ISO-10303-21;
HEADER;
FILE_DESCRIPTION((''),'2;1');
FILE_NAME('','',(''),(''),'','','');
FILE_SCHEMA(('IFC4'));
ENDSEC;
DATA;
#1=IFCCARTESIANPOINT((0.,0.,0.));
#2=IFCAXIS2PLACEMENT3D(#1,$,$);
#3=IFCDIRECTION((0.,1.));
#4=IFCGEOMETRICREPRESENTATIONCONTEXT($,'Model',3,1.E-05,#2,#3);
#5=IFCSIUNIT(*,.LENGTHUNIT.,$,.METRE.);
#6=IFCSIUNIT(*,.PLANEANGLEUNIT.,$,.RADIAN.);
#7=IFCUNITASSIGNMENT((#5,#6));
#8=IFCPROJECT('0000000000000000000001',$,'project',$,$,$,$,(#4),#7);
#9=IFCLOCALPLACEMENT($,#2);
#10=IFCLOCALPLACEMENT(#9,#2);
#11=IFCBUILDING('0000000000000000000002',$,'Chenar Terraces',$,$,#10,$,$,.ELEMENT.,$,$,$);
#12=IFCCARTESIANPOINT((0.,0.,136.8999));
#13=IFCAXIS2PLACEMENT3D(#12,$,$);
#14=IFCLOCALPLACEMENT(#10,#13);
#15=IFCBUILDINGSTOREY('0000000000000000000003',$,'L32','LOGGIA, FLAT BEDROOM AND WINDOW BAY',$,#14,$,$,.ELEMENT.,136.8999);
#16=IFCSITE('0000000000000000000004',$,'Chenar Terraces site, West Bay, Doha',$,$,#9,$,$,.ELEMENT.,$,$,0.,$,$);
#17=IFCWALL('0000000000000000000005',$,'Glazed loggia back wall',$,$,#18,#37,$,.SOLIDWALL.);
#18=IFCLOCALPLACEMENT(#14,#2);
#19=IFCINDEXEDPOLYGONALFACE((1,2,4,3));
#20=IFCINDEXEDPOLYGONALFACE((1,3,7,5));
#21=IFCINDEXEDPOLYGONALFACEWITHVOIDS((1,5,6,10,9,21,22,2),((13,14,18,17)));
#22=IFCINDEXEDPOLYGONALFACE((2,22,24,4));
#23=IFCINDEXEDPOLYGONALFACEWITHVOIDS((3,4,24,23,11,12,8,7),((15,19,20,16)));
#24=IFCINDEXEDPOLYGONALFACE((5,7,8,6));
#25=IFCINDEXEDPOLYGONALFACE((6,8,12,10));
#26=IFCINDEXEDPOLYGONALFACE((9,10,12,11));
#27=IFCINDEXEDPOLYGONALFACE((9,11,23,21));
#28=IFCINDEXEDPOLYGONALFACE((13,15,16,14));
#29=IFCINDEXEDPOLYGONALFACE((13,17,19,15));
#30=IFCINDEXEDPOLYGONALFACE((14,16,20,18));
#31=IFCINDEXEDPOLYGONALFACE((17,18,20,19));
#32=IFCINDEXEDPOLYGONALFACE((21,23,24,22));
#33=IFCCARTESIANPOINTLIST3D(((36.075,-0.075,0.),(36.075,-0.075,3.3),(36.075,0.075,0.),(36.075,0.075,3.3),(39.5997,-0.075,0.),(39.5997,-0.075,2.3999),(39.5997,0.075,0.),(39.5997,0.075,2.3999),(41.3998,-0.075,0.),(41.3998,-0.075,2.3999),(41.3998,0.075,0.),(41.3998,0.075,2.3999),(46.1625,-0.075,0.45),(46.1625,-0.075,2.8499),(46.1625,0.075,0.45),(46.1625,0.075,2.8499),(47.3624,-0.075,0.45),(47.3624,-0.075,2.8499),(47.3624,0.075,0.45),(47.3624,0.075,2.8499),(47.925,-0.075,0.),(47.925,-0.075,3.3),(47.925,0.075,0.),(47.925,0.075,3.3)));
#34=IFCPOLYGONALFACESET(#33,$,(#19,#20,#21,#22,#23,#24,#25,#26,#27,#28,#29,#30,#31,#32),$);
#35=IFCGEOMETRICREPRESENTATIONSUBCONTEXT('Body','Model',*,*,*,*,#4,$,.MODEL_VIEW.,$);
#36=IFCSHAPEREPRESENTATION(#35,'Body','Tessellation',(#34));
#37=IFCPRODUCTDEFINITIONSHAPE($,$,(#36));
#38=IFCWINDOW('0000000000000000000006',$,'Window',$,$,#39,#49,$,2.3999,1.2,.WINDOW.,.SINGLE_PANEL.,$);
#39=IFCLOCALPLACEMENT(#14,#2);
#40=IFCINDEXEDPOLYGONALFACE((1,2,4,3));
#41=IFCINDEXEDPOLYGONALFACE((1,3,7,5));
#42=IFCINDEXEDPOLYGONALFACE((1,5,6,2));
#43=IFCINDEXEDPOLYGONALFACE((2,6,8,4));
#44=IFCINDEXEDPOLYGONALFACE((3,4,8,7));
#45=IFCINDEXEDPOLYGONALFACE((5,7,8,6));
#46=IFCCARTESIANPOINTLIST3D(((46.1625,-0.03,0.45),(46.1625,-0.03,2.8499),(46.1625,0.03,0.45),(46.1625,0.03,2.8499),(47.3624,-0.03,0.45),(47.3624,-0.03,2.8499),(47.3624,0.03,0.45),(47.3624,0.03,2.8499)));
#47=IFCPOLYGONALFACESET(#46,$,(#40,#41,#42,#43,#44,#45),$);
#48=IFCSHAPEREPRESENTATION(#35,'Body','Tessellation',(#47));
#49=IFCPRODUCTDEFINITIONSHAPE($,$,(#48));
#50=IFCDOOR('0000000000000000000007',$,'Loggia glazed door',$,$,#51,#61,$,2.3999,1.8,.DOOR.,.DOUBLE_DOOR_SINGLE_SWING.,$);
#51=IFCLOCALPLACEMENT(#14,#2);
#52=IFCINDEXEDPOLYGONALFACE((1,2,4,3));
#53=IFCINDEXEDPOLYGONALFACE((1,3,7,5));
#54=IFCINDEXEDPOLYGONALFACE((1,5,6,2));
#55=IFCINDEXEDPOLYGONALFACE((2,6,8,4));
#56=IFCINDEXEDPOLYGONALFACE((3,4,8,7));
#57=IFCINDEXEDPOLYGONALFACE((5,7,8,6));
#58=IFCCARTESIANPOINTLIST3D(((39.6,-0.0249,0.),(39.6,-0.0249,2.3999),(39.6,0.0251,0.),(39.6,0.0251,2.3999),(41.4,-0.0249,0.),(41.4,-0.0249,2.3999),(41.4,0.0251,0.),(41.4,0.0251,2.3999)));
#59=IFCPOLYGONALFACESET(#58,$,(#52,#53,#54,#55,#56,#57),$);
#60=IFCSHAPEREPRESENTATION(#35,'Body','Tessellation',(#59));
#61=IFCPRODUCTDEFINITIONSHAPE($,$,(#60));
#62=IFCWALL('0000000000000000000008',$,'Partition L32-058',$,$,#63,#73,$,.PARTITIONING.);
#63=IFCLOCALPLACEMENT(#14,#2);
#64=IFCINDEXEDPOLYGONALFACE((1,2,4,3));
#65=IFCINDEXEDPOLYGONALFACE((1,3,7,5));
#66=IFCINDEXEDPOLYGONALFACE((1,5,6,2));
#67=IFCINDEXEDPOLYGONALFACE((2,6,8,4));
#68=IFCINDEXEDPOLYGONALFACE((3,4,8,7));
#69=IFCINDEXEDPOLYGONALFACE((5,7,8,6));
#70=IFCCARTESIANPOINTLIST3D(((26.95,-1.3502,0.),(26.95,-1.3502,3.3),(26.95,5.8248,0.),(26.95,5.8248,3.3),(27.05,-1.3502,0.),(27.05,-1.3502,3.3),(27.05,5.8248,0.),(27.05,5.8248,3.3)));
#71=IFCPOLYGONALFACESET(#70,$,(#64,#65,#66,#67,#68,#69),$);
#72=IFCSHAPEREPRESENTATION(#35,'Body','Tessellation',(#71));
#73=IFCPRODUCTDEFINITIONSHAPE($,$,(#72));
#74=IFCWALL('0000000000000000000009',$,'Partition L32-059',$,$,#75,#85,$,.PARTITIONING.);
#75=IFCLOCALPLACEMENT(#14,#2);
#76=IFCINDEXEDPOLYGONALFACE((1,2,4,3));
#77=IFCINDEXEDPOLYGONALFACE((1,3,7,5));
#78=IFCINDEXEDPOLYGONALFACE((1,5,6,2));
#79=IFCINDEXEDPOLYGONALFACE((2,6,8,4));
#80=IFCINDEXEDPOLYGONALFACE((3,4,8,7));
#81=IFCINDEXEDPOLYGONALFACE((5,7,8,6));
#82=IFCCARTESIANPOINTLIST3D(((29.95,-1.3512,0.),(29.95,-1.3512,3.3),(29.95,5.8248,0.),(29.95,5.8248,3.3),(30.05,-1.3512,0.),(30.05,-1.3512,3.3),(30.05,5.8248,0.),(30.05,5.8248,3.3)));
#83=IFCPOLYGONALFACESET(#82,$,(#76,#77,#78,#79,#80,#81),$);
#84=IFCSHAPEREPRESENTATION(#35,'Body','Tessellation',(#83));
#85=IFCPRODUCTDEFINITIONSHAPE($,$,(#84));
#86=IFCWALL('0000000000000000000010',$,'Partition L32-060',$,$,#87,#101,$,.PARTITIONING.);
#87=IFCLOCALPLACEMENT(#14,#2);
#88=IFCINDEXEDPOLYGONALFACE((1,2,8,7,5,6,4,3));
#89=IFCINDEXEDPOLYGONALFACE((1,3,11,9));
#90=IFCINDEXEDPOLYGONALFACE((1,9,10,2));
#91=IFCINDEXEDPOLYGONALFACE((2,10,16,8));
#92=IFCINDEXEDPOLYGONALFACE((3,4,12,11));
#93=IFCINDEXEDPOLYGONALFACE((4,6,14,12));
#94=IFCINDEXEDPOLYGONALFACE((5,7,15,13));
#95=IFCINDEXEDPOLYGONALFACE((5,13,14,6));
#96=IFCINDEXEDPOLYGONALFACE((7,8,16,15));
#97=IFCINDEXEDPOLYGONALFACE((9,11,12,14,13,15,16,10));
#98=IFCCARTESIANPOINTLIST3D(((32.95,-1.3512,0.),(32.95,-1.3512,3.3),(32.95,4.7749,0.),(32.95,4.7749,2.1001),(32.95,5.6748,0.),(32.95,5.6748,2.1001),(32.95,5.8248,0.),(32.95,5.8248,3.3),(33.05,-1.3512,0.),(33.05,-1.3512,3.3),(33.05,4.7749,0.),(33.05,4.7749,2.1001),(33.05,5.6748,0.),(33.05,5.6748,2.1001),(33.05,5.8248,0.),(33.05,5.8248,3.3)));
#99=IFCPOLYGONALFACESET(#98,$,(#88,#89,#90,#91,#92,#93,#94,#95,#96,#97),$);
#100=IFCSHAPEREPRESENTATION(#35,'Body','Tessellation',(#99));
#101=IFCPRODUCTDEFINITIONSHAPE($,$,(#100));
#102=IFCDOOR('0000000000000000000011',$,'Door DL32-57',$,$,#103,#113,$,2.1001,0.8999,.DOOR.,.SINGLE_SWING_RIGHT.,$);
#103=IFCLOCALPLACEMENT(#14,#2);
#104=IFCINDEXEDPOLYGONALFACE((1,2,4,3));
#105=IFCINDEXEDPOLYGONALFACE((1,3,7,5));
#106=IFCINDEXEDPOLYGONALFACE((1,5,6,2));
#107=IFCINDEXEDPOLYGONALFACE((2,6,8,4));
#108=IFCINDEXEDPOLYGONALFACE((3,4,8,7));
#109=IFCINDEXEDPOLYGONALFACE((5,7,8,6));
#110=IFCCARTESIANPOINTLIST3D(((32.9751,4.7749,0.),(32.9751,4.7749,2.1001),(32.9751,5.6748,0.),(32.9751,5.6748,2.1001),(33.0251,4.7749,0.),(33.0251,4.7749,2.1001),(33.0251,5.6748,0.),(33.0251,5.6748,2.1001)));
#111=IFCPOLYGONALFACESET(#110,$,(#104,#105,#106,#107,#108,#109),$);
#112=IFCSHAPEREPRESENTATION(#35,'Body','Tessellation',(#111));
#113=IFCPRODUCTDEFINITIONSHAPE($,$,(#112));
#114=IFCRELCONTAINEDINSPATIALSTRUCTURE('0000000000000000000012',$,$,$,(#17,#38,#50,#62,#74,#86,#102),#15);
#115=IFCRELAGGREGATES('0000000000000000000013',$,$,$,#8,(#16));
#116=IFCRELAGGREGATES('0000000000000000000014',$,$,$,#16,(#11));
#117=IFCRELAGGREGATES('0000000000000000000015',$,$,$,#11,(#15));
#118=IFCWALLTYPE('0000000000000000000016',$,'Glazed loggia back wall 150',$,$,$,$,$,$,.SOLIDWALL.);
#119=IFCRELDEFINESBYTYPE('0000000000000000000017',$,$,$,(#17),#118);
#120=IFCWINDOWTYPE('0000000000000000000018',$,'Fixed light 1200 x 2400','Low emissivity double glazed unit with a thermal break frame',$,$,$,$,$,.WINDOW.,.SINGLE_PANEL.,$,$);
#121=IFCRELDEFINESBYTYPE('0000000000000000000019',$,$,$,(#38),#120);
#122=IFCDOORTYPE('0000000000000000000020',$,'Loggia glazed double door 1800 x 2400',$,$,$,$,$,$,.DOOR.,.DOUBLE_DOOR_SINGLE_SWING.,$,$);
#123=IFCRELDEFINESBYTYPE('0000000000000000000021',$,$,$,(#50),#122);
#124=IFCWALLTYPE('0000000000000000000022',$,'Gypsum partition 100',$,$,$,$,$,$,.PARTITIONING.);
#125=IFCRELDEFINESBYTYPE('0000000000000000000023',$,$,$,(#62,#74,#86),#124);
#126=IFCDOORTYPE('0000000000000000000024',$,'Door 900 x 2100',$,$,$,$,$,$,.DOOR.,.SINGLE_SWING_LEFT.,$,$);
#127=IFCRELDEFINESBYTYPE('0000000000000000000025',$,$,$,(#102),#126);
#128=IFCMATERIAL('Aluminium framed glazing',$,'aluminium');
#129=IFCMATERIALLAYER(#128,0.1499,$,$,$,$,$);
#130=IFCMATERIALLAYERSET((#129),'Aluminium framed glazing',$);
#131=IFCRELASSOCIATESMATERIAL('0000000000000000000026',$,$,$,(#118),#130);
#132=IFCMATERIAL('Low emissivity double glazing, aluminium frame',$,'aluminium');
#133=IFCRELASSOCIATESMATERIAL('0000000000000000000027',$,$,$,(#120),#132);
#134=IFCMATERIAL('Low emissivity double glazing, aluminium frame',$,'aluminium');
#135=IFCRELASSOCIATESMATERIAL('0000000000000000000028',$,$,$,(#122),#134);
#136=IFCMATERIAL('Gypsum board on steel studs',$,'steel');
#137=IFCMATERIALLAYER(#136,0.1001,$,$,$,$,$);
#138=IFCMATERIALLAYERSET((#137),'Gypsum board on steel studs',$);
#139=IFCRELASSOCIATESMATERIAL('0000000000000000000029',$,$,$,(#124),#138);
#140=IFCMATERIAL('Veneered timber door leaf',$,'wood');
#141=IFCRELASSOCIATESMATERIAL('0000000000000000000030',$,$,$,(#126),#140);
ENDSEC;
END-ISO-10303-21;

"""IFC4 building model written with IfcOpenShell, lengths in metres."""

from ifc_helpers import new_model, si_unit, direction, frame, frame_2d, origin, place, context, subcontext, project, spatial, rectangle, extrude, material, layer, layer_set, type_object, element, fill, save


model = new_model("IFC4")

# Units and contexts
model_context = context("Model", 3, precision=1e-05, world=origin(), true_north=direction((0.0, 1.0)))
body_context = subcontext(model_context, "Body", "Model", "MODEL_VIEW")
ifc_project = project(units=[si_unit("LENGTHUNIT", "METRE"), si_unit("PLANEANGLEUNIT", "RADIAN")], contexts=[model_context])

# Site, building, storey
site_placement = place(None, origin())
site = spatial("IfcSite", under=ifc_project, at=site_placement, Name="Chenar Terraces site, West Bay, Doha", CompositionType="ELEMENT", RefElevation=0.0)
building_placement = place(site_placement, origin())
building = spatial("IfcBuilding", under=site, at=building_placement, Name="Chenar Terraces", CompositionType="ELEMENT")
storey_placement = place(building_placement, frame((0.0, 0.0, 136.8999)))
storey = spatial("IfcBuildingStorey", under=building, at=storey_placement, Name="L32", Description="LOGGIA, FLAT BEDROOM AND WINDOW BAY", CompositionType="ELEMENT", Elevation=136.8999)

# Wall, openings, window, door
ifc_material_1 = material(Name="Aluminium framed glazing", Category="aluminium")
ifc_layer_1 = layer(ifc_material_1, 0.1499)
ifc_layer_set_1 = layer_set([ifc_layer_1], Name="Aluminium framed glazing")
wall_type_1 = type_object("IfcWallType", Name="Glazed loggia back wall 150", PredefinedType="SOLIDWALL", material=ifc_layer_set_1)
wall_1_placement = place(storey_placement, frame((36.075, 0.0, 0.0), z_axis=(0.0, 0.0, 1.0), x_axis=(1.0, 0.0, 0.0)))
wall_1 = element("IfcWall", 1, at=wall_1_placement, inside=storey, type_object=wall_type_1, Name="Glazed loggia back wall", PredefinedType="SOLIDWALL", context=body_context, shape_type="SweptSolid", body=[
    extrude(rectangle(XDim=11.8501, YDim=0.1499, at=frame_2d((5.925, 0.0))), origin(), (0.0, 0.0, 1.0), 3.3),
])
opening_1_placement = place(wall_1_placement, frame((3.5249, 0.0, 0.0)))
opening_1 = element("IfcOpeningElement", 2, at=opening_1_placement, cuts=wall_1, PredefinedType="OPENING", context=body_context, shape_type="SweptSolid", body=[
    extrude(rectangle(XDim=1.8, YDim=2.3999, at=frame_2d((0.8999, 1.2))), frame((0.0, 0.085, 0.0), z_axis=(0.0, -1.0, 0.0), x_axis=(1.0, 0.0, 0.0)), (0.0, 0.0, 1.0), 0.1699),
])
opening_2_placement = place(wall_1_placement, frame((10.0874, 0.0, 0.45)))
opening_2 = element("IfcOpeningElement", 3, at=opening_2_placement, cuts=wall_1, PredefinedType="OPENING", context=body_context, shape_type="SweptSolid", body=[
    extrude(rectangle(XDim=1.2, YDim=2.3999, at=frame_2d((0.6001, 1.2))), frame((0.0, 0.085, 0.0), z_axis=(0.0, -1.0, 0.0), x_axis=(1.0, 0.0, 0.0)), (0.0, 0.0, 1.0), 0.1699),
])
ifc_material_2 = material(Name="Low emissivity double glazing, aluminium frame", Category="aluminium")
window_type = type_object("IfcWindowType", Name="Fixed light 1200 x 2400", Description="Low emissivity double glazed unit with a thermal break frame", PartitioningType="SINGLE_PANEL", PredefinedType="WINDOW", material=ifc_material_2)
window_placement = place(opening_2_placement, origin())
window = element("IfcWindow", 4, at=window_placement, inside=storey, type_object=window_type, Name="Window", OverallHeight=2.3999, OverallWidth=1.2, PartitioningType="SINGLE_PANEL", PredefinedType="WINDOW", context=body_context, shape_type="SweptSolid", body=[
    extrude(rectangle(XDim=1.2, YDim=2.3999, at=frame_2d((0.6001, 1.2))), frame((0.0, 0.03, 0.0), z_axis=(0.0, -1.0, 0.0), x_axis=(1.0, 0.0, 0.0)), (0.0, 0.0, 1.0), 0.0601),
])
fill(opening_2, window)
ifc_material_3 = material(Name="Low emissivity double glazing, aluminium frame", Category="aluminium")
door_type_1 = type_object("IfcDoorType", Name="Loggia glazed double door 1800 x 2400", OperationType="DOUBLE_DOOR_SINGLE_SWING", PredefinedType="DOOR", material=ifc_material_3)
door_1_placement = place(opening_1_placement, frame((1.8, 0.0, 0.0), z_axis=(0.0, 0.0, 1.0), x_axis=(-1.0, 0.0, 0.0)))
door_1 = element("IfcDoor", 5, at=door_1_placement, inside=storey, type_object=door_type_1, Name="Loggia glazed door", OperationType="DOUBLE_DOOR_SINGLE_SWING", OverallHeight=2.3999, OverallWidth=1.8, PredefinedType="DOOR", context=body_context, shape_type="SweptSolid", body=[
    extrude(rectangle(XDim=1.8, YDim=2.3999, at=frame_2d((0.8999, 1.2))), frame((0.0, 0.0249, 0.0), z_axis=(0.0, -1.0, 0.0), x_axis=(1.0, 0.0, 0.0)), (0.0, 0.0, 1.0), 0.05),
])
fill(opening_1, door_1)

# Walls
ifc_material_4 = material(Name="Gypsum board on steel studs", Category="steel")
ifc_layer_2 = layer(ifc_material_4, 0.1001)
ifc_layer_set_2 = layer_set([ifc_layer_2], Name="Gypsum board on steel studs")
wall_type_2 = type_object("IfcWallType", Name="Gypsum partition 100", PredefinedType="PARTITIONING", material=ifc_layer_set_2)
wall_2_placement = place(storey_placement, frame((27.0, -1.3501, 0.0), z_axis=(0.0, 0.0, 1.0), x_axis=(0.0, 1.0, 0.0)))
element("IfcWall", 6, at=wall_2_placement, inside=storey, type_object=wall_type_2, Name="Partition L32-058", PredefinedType="PARTITIONING", context=body_context, shape_type="SweptSolid", body=[
    extrude(rectangle(XDim=7.175, YDim=0.1001, at=frame_2d((3.5874, 0.0))), origin(), (0.0, 0.0, 1.0), 3.3),
])
wall_3_placement = place(storey_placement, frame((30.0, -1.3511, 0.0), z_axis=(0.0, 0.0, 1.0), x_axis=(0.0, 1.0, 0.0)))
element("IfcWall", 7, at=wall_3_placement, inside=storey, type_object=wall_type_2, Name="Partition L32-059", PredefinedType="PARTITIONING", context=body_context, shape_type="SweptSolid", body=[
    extrude(rectangle(XDim=7.176, YDim=0.1001, at=frame_2d((3.5879, 0.0))), origin(), (0.0, 0.0, 1.0), 3.3),
])

# Wall, opening, door
wall_4_placement = place(storey_placement, frame((33.0, -1.3511, 0.0), z_axis=(0.0, 0.0, 1.0), x_axis=(0.0, 1.0, 0.0)))
wall_4 = element("IfcWall", 8, at=wall_4_placement, inside=storey, type_object=wall_type_2, Name="Partition L32-060", PredefinedType="PARTITIONING", context=body_context, shape_type="SweptSolid", body=[
    extrude(rectangle(XDim=7.176, YDim=0.1001, at=frame_2d((3.5879, 0.0))), origin(), (0.0, 0.0, 1.0), 3.3),
])
opening_3_placement = place(wall_4_placement, frame((6.126, 0.0, 0.0)))
opening_3 = element("IfcOpeningElement", 9, at=opening_3_placement, cuts=wall_4, PredefinedType="OPENING", context=body_context, shape_type="SweptSolid", body=[
    extrude(rectangle(XDim=0.8999, YDim=2.1001, at=frame_2d((0.45, 1.05))), frame((0.0, 0.0601, 0.0), z_axis=(0.0, -1.0, 0.0), x_axis=(1.0, 0.0, 0.0)), (0.0, 0.0, 1.0), 0.1201),
])
ifc_material_5 = material(Name="Veneered timber door leaf", Category="wood")
door_type_2 = type_object("IfcDoorType", Name="Door 900 x 2100", OperationType="SINGLE_SWING_LEFT", PredefinedType="DOOR", material=ifc_material_5)
door_2_placement = place(opening_3_placement, origin())
door_2 = element("IfcDoor", 10, at=door_2_placement, inside=storey, type_object=door_type_2, Name="Door DL32-57", OperationType="SINGLE_SWING_RIGHT", OverallHeight=2.1001, OverallWidth=0.8999, PredefinedType="DOOR", context=body_context, shape_type="SweptSolid", body=[
    extrude(rectangle(XDim=0.8999, YDim=2.1001, at=frame_2d((0.45, 1.05))), frame((0.0, 0.0249, 0.0), z_axis=(0.0, -1.0, 0.0), x_axis=(1.0, 0.0, 0.0)), (0.0, 0.0, 1.0), 0.05),
])
fill(opening_3, door_2)

save(model, "model.ifc")
